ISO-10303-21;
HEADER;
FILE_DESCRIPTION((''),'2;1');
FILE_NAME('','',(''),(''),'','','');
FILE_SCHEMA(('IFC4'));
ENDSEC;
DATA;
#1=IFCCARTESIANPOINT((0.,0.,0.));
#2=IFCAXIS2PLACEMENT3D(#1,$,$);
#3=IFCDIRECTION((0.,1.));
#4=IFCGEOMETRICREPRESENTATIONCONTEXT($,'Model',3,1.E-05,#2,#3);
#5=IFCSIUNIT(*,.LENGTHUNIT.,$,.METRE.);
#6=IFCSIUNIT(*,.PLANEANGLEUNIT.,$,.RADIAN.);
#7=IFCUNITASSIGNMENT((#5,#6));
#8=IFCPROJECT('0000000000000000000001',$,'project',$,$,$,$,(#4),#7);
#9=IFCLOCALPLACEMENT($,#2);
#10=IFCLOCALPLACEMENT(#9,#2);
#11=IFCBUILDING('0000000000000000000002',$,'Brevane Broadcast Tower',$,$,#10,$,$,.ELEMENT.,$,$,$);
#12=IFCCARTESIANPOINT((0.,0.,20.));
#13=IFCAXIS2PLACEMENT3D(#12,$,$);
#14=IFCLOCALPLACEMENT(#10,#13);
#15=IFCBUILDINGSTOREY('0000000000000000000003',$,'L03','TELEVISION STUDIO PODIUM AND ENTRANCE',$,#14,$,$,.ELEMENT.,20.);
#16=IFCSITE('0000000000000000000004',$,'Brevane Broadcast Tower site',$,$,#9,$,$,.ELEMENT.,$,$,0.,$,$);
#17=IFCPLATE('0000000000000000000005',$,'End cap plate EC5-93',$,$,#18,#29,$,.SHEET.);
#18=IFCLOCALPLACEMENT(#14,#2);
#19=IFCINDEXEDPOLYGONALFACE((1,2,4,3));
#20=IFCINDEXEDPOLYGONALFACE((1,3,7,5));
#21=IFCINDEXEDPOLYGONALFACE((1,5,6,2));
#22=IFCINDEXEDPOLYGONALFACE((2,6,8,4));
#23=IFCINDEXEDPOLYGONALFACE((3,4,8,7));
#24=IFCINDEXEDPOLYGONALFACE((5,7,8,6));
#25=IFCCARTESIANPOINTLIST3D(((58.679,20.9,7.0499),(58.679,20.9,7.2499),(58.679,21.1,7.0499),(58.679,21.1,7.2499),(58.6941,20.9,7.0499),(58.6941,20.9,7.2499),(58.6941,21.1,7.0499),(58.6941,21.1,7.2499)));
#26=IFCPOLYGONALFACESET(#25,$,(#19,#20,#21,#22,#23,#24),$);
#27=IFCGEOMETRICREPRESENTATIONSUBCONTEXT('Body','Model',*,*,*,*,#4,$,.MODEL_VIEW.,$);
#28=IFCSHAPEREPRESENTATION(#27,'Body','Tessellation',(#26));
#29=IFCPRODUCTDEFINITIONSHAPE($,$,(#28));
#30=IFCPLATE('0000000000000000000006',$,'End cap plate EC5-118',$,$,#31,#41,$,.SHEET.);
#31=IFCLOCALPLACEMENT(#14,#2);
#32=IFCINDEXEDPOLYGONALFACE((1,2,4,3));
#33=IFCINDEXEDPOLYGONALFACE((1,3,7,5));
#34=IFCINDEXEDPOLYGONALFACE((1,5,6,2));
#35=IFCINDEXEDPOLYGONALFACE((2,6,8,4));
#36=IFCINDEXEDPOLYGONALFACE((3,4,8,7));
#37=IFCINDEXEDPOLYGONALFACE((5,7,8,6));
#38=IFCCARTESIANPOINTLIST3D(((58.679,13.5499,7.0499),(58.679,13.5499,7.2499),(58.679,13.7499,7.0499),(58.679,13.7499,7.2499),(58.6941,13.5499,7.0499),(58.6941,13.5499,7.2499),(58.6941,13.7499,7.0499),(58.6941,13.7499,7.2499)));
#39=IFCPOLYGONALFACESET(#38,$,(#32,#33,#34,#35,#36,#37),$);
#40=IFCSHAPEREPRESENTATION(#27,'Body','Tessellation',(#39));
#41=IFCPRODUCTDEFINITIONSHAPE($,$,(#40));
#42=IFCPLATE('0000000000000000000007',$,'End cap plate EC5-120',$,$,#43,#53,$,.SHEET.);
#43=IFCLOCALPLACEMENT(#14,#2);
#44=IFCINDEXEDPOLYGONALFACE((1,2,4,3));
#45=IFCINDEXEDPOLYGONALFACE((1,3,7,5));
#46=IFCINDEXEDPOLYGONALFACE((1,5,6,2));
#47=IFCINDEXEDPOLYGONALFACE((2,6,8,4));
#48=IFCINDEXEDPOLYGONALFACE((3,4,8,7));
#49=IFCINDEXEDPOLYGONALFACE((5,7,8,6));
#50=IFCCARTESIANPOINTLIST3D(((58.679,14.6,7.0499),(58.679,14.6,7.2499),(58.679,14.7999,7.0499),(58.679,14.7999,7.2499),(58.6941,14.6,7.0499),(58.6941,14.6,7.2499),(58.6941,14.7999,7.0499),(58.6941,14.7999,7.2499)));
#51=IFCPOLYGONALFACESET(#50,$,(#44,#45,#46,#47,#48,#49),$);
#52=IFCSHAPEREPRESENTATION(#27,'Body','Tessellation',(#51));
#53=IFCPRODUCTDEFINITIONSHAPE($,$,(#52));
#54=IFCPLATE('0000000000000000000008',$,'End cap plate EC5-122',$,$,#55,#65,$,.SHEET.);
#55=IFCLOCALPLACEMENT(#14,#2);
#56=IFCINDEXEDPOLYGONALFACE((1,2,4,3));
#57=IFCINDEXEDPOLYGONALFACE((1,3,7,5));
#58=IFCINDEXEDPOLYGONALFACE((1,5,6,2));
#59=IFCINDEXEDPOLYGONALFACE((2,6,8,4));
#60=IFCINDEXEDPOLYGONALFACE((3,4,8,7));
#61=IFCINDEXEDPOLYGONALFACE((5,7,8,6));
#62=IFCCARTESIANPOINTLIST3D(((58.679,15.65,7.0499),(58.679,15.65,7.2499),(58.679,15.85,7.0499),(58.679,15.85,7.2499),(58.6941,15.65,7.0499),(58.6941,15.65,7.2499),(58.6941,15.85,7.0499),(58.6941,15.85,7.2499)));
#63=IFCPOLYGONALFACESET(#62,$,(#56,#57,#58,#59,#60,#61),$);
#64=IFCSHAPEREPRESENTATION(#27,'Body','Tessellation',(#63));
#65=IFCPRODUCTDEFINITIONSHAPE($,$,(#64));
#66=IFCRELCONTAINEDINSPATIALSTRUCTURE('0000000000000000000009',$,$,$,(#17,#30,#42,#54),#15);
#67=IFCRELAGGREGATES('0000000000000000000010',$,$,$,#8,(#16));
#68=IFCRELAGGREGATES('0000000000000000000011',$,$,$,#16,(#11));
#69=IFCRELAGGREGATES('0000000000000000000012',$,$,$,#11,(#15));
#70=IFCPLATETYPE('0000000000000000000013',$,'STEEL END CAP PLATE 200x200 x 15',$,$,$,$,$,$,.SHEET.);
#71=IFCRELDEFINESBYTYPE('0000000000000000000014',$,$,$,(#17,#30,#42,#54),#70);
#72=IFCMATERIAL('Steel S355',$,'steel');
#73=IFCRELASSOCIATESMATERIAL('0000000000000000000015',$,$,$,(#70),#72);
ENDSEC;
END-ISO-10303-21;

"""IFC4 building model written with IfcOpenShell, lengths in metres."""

from ifc_helpers import new_model, si_unit, direction, frame, origin, origin_2d, place, context, subcontext, project, spatial, rectangle, extrude, material, material_profile, profile_set, type_object, element, save


model = new_model("IFC4")

# Units and contexts
model_context = context("Model", 3, precision=1e-05, world=origin(), true_north=direction((0.0, 1.0)))
body_context = subcontext(model_context, "Body", "Model", "MODEL_VIEW")
ifc_project = project(units=[si_unit("LENGTHUNIT", "METRE"), si_unit("PLANEANGLEUNIT", "RADIAN")], contexts=[model_context])

# Site, building, storey
site_placement = place(None, origin())
site = spatial("IfcSite", under=ifc_project, at=site_placement, Name="Brevane Broadcast Tower site", CompositionType="ELEMENT", RefElevation=0.0)
building_placement = place(site_placement, origin())
building = spatial("IfcBuilding", under=site, at=building_placement, Name="Brevane Broadcast Tower", CompositionType="ELEMENT")
storey_placement = place(building_placement, frame((0.0, 0.0, 20.0)))
storey = spatial("IfcBuildingStorey", under=building, at=storey_placement, Name="L03", Description="TELEVISION STUDIO PODIUM AND ENTRANCE", CompositionType="ELEMENT", Elevation=20.0)

# Shared definitions
ifc_material_1 = material(Name="Steel S355", Category="steel")

# Plates
ifc_material_profile_1 = material_profile(ifc_material_1, rectangle(XDim=0.2, YDim=0.2, at=origin_2d()), Name="PL 200x200 x 15")
ifc_profile_set_1 = profile_set([ifc_material_profile_1], Name="Steel S355")
plate_type = type_object("IfcPlateType", Name="STEEL END CAP PLATE 200x200 x 15", PredefinedType="SHEET", material=ifc_profile_set_1)
for number, where, z_axis, x_axis, name in (
    (1, (58.679, 21.0, 7.1499), (1.0, 0.0, 0.0), (0.0, 1.0, 0.0), "End cap plate EC5-93"),
    (2, (58.679, 13.6499, 7.1499), (1.0, 0.0, 0.0), (0.0, 1.0, 0.0), "End cap plate EC5-118"),
    (3, (58.679, 14.7, 7.1499), (1.0, 0.0, 0.0), (0.0, 1.0, 0.0), "End cap plate EC5-120"),
    (4, (58.679, 15.75, 7.1499), (1.0, 0.0, 0.0), (0.0, 1.0, 0.0), "End cap plate EC5-122"),
):
    element("IfcPlate", number, at=place(storey_placement, frame(where, z_axis=z_axis, x_axis=x_axis)), inside=storey, type_object=plate_type, Name=name, PredefinedType="SHEET", context=body_context, shape_type="SweptSolid", body=[
        extrude(rectangle(XDim=0.2, YDim=0.2, at=origin_2d()), origin(), (0.0, 0.0, 1.0), 0.0151),
    ])

save(model, "model.ifc")
